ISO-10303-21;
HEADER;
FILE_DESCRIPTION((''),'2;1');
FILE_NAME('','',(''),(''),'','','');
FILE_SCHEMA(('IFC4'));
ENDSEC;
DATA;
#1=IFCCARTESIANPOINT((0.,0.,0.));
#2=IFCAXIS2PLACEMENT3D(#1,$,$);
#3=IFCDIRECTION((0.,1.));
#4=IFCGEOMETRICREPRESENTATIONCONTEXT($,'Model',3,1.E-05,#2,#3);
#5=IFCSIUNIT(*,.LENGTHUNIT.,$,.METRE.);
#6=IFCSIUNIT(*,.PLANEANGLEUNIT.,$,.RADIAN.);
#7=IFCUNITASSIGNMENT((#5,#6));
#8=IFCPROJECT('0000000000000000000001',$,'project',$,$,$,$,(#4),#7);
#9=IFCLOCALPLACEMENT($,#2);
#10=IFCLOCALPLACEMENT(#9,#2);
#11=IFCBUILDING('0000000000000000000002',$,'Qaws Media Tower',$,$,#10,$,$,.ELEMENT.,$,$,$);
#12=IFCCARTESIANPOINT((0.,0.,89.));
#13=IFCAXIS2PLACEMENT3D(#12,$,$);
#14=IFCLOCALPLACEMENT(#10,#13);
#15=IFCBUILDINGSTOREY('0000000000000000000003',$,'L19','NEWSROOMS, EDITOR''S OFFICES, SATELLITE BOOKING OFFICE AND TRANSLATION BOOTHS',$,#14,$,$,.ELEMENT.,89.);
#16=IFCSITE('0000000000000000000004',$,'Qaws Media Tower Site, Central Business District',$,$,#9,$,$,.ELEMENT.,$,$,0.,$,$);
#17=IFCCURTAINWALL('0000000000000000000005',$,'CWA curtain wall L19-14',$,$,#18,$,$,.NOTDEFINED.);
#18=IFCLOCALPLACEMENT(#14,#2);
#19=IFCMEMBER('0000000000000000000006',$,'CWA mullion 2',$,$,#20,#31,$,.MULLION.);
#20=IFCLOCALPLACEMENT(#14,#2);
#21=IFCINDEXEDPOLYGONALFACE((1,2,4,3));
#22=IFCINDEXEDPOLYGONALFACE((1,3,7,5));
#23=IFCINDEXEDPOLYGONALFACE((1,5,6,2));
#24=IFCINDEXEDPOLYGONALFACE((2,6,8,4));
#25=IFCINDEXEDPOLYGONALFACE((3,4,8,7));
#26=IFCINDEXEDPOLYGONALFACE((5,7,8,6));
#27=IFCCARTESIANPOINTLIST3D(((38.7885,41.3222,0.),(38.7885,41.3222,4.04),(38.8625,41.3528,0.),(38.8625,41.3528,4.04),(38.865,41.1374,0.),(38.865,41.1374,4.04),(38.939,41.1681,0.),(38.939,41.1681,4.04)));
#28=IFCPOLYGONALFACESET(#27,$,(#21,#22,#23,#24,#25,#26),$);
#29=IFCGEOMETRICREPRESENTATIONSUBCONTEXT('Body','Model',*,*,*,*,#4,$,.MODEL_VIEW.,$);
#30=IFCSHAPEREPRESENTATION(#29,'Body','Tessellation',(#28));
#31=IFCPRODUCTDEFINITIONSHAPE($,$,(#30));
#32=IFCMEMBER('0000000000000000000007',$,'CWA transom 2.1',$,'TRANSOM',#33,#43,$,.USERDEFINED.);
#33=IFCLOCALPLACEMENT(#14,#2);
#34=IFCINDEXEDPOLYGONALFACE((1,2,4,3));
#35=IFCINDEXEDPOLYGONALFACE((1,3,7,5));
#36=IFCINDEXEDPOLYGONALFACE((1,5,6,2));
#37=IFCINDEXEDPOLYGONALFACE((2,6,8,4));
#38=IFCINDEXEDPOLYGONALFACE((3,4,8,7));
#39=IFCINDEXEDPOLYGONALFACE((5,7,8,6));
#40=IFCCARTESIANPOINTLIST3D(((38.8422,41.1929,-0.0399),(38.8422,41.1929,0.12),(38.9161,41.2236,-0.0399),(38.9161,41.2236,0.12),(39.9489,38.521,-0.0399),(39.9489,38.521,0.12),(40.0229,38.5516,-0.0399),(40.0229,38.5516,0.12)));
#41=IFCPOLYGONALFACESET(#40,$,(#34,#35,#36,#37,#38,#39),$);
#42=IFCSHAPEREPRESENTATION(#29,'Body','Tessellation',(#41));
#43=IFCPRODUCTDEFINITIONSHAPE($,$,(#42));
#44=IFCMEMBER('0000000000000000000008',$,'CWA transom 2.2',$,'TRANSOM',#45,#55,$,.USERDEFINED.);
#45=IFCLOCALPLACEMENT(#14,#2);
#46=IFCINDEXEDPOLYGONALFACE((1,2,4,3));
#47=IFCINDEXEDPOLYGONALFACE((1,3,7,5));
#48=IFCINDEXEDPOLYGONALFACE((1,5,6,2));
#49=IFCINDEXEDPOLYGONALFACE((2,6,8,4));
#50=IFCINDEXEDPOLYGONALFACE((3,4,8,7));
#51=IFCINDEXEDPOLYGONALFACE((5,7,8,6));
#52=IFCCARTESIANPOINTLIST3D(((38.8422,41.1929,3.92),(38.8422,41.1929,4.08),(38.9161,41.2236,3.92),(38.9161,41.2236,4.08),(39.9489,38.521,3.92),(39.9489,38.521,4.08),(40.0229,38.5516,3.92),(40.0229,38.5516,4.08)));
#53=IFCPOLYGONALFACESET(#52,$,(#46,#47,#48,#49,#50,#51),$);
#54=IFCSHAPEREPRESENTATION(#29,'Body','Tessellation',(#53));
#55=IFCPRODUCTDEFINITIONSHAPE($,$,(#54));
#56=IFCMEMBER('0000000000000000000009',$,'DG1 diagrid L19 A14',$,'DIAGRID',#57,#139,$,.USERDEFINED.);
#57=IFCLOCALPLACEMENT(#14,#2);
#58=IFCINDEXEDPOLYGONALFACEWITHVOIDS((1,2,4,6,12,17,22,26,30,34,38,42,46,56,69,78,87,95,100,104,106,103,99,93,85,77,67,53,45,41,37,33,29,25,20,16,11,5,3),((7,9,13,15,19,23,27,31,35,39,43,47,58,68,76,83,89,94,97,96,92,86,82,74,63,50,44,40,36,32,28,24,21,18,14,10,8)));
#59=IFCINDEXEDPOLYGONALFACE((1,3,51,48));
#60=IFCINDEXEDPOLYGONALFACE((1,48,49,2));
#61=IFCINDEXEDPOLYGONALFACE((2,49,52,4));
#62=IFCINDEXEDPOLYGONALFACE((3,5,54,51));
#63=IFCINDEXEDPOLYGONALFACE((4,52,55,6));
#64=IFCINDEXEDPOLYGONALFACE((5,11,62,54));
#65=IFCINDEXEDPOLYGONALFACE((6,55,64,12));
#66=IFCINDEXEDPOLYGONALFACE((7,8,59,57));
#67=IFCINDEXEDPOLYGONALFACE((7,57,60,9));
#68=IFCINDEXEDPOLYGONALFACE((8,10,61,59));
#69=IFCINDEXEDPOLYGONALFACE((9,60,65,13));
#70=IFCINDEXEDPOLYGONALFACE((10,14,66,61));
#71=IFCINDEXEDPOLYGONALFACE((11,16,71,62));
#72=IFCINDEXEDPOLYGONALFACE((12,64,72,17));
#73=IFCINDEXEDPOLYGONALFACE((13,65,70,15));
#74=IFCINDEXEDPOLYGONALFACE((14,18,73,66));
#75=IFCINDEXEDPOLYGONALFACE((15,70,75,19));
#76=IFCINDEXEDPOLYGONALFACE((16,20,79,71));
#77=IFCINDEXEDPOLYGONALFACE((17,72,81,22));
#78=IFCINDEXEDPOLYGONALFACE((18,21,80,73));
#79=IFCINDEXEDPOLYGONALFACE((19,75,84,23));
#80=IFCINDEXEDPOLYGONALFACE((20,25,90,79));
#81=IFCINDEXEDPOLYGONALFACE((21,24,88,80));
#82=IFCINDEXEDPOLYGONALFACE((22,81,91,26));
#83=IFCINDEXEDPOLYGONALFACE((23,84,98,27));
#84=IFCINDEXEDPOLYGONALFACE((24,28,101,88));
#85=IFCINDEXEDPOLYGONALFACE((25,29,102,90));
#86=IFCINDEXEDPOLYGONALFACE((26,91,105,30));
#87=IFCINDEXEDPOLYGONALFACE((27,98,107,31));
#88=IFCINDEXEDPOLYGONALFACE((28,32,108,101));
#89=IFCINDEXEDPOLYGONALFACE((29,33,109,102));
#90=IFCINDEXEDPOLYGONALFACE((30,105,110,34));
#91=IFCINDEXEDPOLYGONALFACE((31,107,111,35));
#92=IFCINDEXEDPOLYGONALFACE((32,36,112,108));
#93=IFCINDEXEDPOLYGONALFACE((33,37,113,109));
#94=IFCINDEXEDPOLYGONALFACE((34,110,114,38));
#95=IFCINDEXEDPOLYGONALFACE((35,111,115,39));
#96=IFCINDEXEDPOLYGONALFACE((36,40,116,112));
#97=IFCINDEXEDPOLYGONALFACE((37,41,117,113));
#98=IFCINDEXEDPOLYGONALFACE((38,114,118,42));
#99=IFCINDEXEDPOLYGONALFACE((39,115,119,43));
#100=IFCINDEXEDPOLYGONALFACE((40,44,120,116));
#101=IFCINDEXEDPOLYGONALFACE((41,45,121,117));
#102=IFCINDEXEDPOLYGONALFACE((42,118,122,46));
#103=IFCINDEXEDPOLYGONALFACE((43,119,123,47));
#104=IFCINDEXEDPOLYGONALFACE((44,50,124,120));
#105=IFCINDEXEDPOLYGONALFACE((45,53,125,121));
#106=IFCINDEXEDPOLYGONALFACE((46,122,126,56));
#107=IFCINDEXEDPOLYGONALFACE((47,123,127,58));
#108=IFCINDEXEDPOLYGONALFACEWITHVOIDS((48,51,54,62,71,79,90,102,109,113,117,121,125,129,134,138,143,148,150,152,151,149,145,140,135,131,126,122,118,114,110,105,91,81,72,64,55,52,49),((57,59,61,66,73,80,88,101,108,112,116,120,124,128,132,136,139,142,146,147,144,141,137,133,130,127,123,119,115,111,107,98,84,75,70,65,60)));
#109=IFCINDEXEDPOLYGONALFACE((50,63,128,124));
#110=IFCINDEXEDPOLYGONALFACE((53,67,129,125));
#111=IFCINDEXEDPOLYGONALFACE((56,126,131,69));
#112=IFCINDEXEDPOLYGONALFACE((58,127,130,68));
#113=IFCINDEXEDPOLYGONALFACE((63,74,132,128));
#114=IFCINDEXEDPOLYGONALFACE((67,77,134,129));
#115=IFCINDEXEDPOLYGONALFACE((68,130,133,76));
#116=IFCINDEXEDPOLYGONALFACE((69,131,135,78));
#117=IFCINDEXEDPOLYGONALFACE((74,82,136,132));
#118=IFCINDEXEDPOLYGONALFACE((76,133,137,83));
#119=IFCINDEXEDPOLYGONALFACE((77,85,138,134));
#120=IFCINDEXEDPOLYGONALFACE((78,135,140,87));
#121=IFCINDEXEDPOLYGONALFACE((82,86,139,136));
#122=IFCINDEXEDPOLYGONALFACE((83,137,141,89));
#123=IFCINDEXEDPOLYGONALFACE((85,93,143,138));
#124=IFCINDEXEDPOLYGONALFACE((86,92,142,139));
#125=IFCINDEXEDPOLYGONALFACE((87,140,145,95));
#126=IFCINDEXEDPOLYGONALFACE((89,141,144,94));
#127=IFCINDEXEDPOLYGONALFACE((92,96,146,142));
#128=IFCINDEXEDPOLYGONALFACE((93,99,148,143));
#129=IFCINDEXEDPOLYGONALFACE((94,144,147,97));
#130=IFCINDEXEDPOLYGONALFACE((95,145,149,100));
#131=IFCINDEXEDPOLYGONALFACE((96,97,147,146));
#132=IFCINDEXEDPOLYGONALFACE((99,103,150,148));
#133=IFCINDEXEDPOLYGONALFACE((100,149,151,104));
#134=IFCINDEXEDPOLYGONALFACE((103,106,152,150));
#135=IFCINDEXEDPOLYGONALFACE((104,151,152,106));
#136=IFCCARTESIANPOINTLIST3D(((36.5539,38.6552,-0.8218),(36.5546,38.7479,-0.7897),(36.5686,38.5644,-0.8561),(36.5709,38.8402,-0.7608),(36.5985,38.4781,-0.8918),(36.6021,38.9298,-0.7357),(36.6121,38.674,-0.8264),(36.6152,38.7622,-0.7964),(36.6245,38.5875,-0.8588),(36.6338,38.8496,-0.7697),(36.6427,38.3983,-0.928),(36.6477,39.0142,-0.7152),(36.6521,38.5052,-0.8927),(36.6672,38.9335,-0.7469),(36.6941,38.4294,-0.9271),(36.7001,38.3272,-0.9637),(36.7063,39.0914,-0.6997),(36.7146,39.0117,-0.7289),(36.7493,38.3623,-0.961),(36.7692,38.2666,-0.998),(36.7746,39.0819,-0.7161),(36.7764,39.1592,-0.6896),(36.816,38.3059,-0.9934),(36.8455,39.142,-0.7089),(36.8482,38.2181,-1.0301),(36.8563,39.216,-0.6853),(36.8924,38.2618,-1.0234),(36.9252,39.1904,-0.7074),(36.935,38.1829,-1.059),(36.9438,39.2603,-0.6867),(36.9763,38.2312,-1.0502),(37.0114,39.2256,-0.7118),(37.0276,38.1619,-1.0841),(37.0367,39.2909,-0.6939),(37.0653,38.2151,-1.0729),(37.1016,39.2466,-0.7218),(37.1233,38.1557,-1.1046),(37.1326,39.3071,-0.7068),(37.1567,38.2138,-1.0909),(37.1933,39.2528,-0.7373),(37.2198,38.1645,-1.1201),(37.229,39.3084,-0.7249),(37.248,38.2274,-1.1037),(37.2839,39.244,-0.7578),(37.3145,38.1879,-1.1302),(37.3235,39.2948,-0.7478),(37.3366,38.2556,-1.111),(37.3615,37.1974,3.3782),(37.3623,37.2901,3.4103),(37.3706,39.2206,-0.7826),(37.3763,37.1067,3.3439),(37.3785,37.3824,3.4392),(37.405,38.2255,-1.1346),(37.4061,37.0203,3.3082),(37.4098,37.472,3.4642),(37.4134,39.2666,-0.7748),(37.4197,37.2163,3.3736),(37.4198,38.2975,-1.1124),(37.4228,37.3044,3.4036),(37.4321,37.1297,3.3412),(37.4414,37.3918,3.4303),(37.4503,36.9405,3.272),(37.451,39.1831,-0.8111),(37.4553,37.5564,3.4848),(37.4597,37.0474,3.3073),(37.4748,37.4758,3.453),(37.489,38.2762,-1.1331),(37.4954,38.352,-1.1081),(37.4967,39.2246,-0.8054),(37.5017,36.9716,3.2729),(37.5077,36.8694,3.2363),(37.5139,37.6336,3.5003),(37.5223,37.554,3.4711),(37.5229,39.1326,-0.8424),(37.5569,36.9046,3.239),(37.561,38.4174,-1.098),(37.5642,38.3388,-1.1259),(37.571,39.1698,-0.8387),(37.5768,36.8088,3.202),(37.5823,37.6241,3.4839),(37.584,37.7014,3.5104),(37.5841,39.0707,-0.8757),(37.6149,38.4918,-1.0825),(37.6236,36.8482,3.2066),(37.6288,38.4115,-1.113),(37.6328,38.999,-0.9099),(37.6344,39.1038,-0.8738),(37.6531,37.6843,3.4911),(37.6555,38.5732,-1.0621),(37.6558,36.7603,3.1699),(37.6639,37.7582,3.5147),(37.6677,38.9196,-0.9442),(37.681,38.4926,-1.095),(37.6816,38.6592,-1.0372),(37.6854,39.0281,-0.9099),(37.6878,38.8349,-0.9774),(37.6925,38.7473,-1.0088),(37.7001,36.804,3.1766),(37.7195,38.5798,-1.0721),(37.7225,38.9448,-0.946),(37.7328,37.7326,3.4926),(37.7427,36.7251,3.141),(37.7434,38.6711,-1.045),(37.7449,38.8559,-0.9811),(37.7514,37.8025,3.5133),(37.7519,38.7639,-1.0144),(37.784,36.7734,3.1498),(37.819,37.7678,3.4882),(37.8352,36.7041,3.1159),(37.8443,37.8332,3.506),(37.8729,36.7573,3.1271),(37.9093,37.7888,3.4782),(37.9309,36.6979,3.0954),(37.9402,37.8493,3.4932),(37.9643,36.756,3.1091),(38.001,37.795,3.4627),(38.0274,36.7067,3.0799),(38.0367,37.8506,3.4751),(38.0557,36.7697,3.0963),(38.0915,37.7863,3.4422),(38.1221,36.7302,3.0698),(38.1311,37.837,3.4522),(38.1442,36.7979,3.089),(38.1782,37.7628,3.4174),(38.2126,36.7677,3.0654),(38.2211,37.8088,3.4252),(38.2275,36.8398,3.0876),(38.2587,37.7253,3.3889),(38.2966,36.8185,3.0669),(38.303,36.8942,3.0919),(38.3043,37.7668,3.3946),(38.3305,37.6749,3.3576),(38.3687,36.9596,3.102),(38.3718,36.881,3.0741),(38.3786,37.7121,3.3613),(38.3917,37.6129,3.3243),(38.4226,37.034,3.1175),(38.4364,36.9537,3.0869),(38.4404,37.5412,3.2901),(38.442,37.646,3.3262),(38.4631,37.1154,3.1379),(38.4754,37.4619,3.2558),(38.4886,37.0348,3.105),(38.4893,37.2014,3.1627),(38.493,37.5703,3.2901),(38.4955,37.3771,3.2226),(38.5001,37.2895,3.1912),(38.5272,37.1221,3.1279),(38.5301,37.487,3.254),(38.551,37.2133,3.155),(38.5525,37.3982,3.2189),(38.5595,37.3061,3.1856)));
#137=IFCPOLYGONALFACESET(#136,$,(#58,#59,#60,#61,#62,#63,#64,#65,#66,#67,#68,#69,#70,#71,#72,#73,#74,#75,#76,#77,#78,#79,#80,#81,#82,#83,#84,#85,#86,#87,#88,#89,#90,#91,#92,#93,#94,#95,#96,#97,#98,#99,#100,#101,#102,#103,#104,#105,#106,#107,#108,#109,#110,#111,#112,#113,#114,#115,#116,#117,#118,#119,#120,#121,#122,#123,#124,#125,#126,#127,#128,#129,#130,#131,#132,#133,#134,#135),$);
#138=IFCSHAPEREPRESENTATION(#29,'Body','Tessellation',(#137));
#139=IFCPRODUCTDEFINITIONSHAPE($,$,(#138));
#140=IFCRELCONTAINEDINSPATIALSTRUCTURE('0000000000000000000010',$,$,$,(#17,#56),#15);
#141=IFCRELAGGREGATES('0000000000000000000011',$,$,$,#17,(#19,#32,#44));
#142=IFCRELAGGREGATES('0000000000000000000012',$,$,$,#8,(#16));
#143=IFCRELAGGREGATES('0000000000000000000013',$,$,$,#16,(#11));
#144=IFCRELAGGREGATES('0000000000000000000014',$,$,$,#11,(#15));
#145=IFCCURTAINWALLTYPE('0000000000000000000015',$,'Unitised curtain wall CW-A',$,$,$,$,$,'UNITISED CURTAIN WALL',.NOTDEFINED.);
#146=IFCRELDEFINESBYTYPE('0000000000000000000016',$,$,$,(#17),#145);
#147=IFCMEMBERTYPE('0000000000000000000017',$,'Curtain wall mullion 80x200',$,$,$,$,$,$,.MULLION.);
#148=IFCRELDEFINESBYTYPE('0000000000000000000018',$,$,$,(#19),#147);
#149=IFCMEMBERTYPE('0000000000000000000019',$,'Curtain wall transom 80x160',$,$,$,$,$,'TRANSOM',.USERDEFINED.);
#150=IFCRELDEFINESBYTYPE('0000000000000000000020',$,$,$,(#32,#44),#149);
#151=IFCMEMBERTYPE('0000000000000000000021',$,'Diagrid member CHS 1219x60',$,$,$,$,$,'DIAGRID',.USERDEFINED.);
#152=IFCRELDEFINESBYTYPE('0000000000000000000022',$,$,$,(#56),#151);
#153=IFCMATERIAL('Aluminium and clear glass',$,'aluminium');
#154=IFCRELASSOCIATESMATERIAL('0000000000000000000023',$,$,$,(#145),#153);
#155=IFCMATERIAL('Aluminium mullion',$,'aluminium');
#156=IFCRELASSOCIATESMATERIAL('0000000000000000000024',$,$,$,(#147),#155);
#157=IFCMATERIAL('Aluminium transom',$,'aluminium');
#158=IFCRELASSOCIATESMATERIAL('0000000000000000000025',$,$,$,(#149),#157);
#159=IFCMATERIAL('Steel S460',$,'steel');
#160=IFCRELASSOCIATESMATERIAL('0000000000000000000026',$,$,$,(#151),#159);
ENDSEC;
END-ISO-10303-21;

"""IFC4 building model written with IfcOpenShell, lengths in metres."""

from ifc_helpers import new_model, si_unit, direction, frame, origin, origin_2d, place, context, subcontext, project, spatial, rectangle, hollow_circle, extrude, material, material_profile, profile_set, type_object, element, aggregate, save


model = new_model("IFC4")

# Units and contexts
model_context = context("Model", 3, precision=1e-05, world=origin(), true_north=direction((0.0, 1.0)))
body_context = subcontext(model_context, "Body", "Model", "MODEL_VIEW")
ifc_project = project(units=[si_unit("LENGTHUNIT", "METRE"), si_unit("PLANEANGLEUNIT", "RADIAN")], contexts=[model_context])

# Site, building, storey
site_placement = place(None, origin())
site = spatial("IfcSite", under=ifc_project, at=site_placement, Name="Qaws Media Tower Site, Central Business District", CompositionType="ELEMENT", RefElevation=0.0)
building_placement = place(site_placement, origin())
building = spatial("IfcBuilding", under=site, at=building_placement, Name="Qaws Media Tower", CompositionType="ELEMENT")
storey_placement = place(building_placement, frame((0.0, 0.0, 89.0)))
storey = spatial("IfcBuildingStorey", under=building, at=storey_placement, Name="L19", Description="NEWSROOMS, EDITOR'S OFFICES, SATELLITE BOOKING OFFICE AND TRANSLATION BOOTHS", CompositionType="ELEMENT", Elevation=89.0)

# Curtain wall, members
ifc_material_1 = material(Name="Aluminium and clear glass", Category="aluminium")
curtain_wall_type = type_object("IfcCurtainWallType", Name="Unitised curtain wall CW-A", ElementType="UNITISED CURTAIN WALL", PredefinedType="NOTDEFINED", material=ifc_material_1)
curtain_wall_placement = place(storey_placement, origin())
curtain_wall = element("IfcCurtainWall", 1, at=curtain_wall_placement, inside=storey, type_object=curtain_wall_type, Name="CWA curtain wall L19-14", PredefinedType="NOTDEFINED")
ifc_material_2 = material(Name="Aluminium mullion", Category="aluminium")
ifc_material_profile_1 = material_profile(ifc_material_2, rectangle(XDim=0.0801, YDim=0.2, at=origin_2d()), Name="80x200")
ifc_profile_set_1 = profile_set([ifc_material_profile_1], Name="Aluminium mullion")
member_type_1 = type_object("IfcMemberType", Name="Curtain wall mullion 80x200", PredefinedType="MULLION", material=ifc_profile_set_1)
member_1_placement = place(storey_placement, frame((38.8638, 41.2451, 0.0), z_axis=(0.0, 0.0, 1.0), x_axis=(0.92388, 0.382683, 0.0)))
member_1 = element("IfcMember", 2, at=member_1_placement, type_object=member_type_1, Name="CWA mullion 2", PredefinedType="MULLION", context=body_context, shape_type="SweptSolid", body=[
    extrude(rectangle(XDim=0.0801, YDim=0.2, at=origin_2d()), origin(), (0.0, 0.0, 1.0), 4.04),
])
ifc_material_3 = material(Name="Aluminium transom", Category="aluminium")
ifc_material_profile_2 = material_profile(ifc_material_3, rectangle(XDim=0.0801, YDim=0.1599, at=origin_2d()), Name="80x160")
ifc_profile_set_2 = profile_set([ifc_material_profile_2], Name="Aluminium transom")
member_type_2 = type_object("IfcMemberType", Name="Curtain wall transom 80x160", ElementType="TRANSOM", PredefinedType="USERDEFINED", material=ifc_profile_set_2)
member_2_placement = place(storey_placement, frame((38.8792, 41.2083, 0.04), z_axis=(0.382672, -0.923884, 0.0), x_axis=(0.923884, 0.382672, 0.0)))
member_2 = element("IfcMember", 3, at=member_2_placement, type_object=member_type_2, Name="CWA transom 2.1", ObjectType="TRANSOM", PredefinedType="USERDEFINED", context=body_context, shape_type="SweptSolid", body=[
    extrude(rectangle(XDim=0.0801, YDim=0.1599, at=origin_2d()), origin(), (0.0, 0.0, 1.0), 2.8921),
])
member_3_placement = place(storey_placement, frame((38.8792, 41.2083, 4.0), z_axis=(0.382672, -0.923884, 0.0), x_axis=(0.923884, 0.382672, 0.0)))
member_3 = element("IfcMember", 4, at=member_3_placement, type_object=member_type_2, Name="CWA transom 2.2", ObjectType="TRANSOM", PredefinedType="USERDEFINED", context=body_context, shape_type="SweptSolid", body=[
    extrude(rectangle(XDim=0.0801, YDim=0.1599, at=origin_2d()), origin(), (0.0, 0.0, 1.0), 2.8921),
])

# Member
ifc_material_4 = material(Name="Steel S460", Category="steel")
ifc_material_profile_3 = material_profile(ifc_material_4, hollow_circle(Radius=0.6096, WallThickness=0.0601, at=origin_2d()), Name="CHS 1219x60")
ifc_profile_set_3 = profile_set([ifc_material_profile_3], Name="Steel S460")
member_type_3 = type_object("IfcMemberType", Name="Diagrid member CHS 1219x60", ElementType="DIAGRID", PredefinedType="USERDEFINED", material=ifc_profile_set_3)
for number, where, z_axis, x_axis, name in (
    (5, (37.1521, 38.7327, -0.9099), (0.178735, -0.322621, 0.9295), (0.87473, 0.48461, 0.0), "DG1 diagrid L19 A14"),
):
    element("IfcMember", number, at=place(storey_placement, frame(where, z_axis=z_axis, x_axis=x_axis)), inside=storey, type_object=member_type_3, Name=name, ObjectType="DIAGRID", PredefinedType="USERDEFINED", context=body_context, shape_type="SweptSolid", body=[
        extrude(hollow_circle(Radius=0.6096, WallThickness=0.0601, at=origin_2d()), origin(), (0.0, 0.0, 1.0), 4.5186),
    ])

aggregate(curtain_wall, [member_1, member_2, member_3])

save(model, "model.ifc")
